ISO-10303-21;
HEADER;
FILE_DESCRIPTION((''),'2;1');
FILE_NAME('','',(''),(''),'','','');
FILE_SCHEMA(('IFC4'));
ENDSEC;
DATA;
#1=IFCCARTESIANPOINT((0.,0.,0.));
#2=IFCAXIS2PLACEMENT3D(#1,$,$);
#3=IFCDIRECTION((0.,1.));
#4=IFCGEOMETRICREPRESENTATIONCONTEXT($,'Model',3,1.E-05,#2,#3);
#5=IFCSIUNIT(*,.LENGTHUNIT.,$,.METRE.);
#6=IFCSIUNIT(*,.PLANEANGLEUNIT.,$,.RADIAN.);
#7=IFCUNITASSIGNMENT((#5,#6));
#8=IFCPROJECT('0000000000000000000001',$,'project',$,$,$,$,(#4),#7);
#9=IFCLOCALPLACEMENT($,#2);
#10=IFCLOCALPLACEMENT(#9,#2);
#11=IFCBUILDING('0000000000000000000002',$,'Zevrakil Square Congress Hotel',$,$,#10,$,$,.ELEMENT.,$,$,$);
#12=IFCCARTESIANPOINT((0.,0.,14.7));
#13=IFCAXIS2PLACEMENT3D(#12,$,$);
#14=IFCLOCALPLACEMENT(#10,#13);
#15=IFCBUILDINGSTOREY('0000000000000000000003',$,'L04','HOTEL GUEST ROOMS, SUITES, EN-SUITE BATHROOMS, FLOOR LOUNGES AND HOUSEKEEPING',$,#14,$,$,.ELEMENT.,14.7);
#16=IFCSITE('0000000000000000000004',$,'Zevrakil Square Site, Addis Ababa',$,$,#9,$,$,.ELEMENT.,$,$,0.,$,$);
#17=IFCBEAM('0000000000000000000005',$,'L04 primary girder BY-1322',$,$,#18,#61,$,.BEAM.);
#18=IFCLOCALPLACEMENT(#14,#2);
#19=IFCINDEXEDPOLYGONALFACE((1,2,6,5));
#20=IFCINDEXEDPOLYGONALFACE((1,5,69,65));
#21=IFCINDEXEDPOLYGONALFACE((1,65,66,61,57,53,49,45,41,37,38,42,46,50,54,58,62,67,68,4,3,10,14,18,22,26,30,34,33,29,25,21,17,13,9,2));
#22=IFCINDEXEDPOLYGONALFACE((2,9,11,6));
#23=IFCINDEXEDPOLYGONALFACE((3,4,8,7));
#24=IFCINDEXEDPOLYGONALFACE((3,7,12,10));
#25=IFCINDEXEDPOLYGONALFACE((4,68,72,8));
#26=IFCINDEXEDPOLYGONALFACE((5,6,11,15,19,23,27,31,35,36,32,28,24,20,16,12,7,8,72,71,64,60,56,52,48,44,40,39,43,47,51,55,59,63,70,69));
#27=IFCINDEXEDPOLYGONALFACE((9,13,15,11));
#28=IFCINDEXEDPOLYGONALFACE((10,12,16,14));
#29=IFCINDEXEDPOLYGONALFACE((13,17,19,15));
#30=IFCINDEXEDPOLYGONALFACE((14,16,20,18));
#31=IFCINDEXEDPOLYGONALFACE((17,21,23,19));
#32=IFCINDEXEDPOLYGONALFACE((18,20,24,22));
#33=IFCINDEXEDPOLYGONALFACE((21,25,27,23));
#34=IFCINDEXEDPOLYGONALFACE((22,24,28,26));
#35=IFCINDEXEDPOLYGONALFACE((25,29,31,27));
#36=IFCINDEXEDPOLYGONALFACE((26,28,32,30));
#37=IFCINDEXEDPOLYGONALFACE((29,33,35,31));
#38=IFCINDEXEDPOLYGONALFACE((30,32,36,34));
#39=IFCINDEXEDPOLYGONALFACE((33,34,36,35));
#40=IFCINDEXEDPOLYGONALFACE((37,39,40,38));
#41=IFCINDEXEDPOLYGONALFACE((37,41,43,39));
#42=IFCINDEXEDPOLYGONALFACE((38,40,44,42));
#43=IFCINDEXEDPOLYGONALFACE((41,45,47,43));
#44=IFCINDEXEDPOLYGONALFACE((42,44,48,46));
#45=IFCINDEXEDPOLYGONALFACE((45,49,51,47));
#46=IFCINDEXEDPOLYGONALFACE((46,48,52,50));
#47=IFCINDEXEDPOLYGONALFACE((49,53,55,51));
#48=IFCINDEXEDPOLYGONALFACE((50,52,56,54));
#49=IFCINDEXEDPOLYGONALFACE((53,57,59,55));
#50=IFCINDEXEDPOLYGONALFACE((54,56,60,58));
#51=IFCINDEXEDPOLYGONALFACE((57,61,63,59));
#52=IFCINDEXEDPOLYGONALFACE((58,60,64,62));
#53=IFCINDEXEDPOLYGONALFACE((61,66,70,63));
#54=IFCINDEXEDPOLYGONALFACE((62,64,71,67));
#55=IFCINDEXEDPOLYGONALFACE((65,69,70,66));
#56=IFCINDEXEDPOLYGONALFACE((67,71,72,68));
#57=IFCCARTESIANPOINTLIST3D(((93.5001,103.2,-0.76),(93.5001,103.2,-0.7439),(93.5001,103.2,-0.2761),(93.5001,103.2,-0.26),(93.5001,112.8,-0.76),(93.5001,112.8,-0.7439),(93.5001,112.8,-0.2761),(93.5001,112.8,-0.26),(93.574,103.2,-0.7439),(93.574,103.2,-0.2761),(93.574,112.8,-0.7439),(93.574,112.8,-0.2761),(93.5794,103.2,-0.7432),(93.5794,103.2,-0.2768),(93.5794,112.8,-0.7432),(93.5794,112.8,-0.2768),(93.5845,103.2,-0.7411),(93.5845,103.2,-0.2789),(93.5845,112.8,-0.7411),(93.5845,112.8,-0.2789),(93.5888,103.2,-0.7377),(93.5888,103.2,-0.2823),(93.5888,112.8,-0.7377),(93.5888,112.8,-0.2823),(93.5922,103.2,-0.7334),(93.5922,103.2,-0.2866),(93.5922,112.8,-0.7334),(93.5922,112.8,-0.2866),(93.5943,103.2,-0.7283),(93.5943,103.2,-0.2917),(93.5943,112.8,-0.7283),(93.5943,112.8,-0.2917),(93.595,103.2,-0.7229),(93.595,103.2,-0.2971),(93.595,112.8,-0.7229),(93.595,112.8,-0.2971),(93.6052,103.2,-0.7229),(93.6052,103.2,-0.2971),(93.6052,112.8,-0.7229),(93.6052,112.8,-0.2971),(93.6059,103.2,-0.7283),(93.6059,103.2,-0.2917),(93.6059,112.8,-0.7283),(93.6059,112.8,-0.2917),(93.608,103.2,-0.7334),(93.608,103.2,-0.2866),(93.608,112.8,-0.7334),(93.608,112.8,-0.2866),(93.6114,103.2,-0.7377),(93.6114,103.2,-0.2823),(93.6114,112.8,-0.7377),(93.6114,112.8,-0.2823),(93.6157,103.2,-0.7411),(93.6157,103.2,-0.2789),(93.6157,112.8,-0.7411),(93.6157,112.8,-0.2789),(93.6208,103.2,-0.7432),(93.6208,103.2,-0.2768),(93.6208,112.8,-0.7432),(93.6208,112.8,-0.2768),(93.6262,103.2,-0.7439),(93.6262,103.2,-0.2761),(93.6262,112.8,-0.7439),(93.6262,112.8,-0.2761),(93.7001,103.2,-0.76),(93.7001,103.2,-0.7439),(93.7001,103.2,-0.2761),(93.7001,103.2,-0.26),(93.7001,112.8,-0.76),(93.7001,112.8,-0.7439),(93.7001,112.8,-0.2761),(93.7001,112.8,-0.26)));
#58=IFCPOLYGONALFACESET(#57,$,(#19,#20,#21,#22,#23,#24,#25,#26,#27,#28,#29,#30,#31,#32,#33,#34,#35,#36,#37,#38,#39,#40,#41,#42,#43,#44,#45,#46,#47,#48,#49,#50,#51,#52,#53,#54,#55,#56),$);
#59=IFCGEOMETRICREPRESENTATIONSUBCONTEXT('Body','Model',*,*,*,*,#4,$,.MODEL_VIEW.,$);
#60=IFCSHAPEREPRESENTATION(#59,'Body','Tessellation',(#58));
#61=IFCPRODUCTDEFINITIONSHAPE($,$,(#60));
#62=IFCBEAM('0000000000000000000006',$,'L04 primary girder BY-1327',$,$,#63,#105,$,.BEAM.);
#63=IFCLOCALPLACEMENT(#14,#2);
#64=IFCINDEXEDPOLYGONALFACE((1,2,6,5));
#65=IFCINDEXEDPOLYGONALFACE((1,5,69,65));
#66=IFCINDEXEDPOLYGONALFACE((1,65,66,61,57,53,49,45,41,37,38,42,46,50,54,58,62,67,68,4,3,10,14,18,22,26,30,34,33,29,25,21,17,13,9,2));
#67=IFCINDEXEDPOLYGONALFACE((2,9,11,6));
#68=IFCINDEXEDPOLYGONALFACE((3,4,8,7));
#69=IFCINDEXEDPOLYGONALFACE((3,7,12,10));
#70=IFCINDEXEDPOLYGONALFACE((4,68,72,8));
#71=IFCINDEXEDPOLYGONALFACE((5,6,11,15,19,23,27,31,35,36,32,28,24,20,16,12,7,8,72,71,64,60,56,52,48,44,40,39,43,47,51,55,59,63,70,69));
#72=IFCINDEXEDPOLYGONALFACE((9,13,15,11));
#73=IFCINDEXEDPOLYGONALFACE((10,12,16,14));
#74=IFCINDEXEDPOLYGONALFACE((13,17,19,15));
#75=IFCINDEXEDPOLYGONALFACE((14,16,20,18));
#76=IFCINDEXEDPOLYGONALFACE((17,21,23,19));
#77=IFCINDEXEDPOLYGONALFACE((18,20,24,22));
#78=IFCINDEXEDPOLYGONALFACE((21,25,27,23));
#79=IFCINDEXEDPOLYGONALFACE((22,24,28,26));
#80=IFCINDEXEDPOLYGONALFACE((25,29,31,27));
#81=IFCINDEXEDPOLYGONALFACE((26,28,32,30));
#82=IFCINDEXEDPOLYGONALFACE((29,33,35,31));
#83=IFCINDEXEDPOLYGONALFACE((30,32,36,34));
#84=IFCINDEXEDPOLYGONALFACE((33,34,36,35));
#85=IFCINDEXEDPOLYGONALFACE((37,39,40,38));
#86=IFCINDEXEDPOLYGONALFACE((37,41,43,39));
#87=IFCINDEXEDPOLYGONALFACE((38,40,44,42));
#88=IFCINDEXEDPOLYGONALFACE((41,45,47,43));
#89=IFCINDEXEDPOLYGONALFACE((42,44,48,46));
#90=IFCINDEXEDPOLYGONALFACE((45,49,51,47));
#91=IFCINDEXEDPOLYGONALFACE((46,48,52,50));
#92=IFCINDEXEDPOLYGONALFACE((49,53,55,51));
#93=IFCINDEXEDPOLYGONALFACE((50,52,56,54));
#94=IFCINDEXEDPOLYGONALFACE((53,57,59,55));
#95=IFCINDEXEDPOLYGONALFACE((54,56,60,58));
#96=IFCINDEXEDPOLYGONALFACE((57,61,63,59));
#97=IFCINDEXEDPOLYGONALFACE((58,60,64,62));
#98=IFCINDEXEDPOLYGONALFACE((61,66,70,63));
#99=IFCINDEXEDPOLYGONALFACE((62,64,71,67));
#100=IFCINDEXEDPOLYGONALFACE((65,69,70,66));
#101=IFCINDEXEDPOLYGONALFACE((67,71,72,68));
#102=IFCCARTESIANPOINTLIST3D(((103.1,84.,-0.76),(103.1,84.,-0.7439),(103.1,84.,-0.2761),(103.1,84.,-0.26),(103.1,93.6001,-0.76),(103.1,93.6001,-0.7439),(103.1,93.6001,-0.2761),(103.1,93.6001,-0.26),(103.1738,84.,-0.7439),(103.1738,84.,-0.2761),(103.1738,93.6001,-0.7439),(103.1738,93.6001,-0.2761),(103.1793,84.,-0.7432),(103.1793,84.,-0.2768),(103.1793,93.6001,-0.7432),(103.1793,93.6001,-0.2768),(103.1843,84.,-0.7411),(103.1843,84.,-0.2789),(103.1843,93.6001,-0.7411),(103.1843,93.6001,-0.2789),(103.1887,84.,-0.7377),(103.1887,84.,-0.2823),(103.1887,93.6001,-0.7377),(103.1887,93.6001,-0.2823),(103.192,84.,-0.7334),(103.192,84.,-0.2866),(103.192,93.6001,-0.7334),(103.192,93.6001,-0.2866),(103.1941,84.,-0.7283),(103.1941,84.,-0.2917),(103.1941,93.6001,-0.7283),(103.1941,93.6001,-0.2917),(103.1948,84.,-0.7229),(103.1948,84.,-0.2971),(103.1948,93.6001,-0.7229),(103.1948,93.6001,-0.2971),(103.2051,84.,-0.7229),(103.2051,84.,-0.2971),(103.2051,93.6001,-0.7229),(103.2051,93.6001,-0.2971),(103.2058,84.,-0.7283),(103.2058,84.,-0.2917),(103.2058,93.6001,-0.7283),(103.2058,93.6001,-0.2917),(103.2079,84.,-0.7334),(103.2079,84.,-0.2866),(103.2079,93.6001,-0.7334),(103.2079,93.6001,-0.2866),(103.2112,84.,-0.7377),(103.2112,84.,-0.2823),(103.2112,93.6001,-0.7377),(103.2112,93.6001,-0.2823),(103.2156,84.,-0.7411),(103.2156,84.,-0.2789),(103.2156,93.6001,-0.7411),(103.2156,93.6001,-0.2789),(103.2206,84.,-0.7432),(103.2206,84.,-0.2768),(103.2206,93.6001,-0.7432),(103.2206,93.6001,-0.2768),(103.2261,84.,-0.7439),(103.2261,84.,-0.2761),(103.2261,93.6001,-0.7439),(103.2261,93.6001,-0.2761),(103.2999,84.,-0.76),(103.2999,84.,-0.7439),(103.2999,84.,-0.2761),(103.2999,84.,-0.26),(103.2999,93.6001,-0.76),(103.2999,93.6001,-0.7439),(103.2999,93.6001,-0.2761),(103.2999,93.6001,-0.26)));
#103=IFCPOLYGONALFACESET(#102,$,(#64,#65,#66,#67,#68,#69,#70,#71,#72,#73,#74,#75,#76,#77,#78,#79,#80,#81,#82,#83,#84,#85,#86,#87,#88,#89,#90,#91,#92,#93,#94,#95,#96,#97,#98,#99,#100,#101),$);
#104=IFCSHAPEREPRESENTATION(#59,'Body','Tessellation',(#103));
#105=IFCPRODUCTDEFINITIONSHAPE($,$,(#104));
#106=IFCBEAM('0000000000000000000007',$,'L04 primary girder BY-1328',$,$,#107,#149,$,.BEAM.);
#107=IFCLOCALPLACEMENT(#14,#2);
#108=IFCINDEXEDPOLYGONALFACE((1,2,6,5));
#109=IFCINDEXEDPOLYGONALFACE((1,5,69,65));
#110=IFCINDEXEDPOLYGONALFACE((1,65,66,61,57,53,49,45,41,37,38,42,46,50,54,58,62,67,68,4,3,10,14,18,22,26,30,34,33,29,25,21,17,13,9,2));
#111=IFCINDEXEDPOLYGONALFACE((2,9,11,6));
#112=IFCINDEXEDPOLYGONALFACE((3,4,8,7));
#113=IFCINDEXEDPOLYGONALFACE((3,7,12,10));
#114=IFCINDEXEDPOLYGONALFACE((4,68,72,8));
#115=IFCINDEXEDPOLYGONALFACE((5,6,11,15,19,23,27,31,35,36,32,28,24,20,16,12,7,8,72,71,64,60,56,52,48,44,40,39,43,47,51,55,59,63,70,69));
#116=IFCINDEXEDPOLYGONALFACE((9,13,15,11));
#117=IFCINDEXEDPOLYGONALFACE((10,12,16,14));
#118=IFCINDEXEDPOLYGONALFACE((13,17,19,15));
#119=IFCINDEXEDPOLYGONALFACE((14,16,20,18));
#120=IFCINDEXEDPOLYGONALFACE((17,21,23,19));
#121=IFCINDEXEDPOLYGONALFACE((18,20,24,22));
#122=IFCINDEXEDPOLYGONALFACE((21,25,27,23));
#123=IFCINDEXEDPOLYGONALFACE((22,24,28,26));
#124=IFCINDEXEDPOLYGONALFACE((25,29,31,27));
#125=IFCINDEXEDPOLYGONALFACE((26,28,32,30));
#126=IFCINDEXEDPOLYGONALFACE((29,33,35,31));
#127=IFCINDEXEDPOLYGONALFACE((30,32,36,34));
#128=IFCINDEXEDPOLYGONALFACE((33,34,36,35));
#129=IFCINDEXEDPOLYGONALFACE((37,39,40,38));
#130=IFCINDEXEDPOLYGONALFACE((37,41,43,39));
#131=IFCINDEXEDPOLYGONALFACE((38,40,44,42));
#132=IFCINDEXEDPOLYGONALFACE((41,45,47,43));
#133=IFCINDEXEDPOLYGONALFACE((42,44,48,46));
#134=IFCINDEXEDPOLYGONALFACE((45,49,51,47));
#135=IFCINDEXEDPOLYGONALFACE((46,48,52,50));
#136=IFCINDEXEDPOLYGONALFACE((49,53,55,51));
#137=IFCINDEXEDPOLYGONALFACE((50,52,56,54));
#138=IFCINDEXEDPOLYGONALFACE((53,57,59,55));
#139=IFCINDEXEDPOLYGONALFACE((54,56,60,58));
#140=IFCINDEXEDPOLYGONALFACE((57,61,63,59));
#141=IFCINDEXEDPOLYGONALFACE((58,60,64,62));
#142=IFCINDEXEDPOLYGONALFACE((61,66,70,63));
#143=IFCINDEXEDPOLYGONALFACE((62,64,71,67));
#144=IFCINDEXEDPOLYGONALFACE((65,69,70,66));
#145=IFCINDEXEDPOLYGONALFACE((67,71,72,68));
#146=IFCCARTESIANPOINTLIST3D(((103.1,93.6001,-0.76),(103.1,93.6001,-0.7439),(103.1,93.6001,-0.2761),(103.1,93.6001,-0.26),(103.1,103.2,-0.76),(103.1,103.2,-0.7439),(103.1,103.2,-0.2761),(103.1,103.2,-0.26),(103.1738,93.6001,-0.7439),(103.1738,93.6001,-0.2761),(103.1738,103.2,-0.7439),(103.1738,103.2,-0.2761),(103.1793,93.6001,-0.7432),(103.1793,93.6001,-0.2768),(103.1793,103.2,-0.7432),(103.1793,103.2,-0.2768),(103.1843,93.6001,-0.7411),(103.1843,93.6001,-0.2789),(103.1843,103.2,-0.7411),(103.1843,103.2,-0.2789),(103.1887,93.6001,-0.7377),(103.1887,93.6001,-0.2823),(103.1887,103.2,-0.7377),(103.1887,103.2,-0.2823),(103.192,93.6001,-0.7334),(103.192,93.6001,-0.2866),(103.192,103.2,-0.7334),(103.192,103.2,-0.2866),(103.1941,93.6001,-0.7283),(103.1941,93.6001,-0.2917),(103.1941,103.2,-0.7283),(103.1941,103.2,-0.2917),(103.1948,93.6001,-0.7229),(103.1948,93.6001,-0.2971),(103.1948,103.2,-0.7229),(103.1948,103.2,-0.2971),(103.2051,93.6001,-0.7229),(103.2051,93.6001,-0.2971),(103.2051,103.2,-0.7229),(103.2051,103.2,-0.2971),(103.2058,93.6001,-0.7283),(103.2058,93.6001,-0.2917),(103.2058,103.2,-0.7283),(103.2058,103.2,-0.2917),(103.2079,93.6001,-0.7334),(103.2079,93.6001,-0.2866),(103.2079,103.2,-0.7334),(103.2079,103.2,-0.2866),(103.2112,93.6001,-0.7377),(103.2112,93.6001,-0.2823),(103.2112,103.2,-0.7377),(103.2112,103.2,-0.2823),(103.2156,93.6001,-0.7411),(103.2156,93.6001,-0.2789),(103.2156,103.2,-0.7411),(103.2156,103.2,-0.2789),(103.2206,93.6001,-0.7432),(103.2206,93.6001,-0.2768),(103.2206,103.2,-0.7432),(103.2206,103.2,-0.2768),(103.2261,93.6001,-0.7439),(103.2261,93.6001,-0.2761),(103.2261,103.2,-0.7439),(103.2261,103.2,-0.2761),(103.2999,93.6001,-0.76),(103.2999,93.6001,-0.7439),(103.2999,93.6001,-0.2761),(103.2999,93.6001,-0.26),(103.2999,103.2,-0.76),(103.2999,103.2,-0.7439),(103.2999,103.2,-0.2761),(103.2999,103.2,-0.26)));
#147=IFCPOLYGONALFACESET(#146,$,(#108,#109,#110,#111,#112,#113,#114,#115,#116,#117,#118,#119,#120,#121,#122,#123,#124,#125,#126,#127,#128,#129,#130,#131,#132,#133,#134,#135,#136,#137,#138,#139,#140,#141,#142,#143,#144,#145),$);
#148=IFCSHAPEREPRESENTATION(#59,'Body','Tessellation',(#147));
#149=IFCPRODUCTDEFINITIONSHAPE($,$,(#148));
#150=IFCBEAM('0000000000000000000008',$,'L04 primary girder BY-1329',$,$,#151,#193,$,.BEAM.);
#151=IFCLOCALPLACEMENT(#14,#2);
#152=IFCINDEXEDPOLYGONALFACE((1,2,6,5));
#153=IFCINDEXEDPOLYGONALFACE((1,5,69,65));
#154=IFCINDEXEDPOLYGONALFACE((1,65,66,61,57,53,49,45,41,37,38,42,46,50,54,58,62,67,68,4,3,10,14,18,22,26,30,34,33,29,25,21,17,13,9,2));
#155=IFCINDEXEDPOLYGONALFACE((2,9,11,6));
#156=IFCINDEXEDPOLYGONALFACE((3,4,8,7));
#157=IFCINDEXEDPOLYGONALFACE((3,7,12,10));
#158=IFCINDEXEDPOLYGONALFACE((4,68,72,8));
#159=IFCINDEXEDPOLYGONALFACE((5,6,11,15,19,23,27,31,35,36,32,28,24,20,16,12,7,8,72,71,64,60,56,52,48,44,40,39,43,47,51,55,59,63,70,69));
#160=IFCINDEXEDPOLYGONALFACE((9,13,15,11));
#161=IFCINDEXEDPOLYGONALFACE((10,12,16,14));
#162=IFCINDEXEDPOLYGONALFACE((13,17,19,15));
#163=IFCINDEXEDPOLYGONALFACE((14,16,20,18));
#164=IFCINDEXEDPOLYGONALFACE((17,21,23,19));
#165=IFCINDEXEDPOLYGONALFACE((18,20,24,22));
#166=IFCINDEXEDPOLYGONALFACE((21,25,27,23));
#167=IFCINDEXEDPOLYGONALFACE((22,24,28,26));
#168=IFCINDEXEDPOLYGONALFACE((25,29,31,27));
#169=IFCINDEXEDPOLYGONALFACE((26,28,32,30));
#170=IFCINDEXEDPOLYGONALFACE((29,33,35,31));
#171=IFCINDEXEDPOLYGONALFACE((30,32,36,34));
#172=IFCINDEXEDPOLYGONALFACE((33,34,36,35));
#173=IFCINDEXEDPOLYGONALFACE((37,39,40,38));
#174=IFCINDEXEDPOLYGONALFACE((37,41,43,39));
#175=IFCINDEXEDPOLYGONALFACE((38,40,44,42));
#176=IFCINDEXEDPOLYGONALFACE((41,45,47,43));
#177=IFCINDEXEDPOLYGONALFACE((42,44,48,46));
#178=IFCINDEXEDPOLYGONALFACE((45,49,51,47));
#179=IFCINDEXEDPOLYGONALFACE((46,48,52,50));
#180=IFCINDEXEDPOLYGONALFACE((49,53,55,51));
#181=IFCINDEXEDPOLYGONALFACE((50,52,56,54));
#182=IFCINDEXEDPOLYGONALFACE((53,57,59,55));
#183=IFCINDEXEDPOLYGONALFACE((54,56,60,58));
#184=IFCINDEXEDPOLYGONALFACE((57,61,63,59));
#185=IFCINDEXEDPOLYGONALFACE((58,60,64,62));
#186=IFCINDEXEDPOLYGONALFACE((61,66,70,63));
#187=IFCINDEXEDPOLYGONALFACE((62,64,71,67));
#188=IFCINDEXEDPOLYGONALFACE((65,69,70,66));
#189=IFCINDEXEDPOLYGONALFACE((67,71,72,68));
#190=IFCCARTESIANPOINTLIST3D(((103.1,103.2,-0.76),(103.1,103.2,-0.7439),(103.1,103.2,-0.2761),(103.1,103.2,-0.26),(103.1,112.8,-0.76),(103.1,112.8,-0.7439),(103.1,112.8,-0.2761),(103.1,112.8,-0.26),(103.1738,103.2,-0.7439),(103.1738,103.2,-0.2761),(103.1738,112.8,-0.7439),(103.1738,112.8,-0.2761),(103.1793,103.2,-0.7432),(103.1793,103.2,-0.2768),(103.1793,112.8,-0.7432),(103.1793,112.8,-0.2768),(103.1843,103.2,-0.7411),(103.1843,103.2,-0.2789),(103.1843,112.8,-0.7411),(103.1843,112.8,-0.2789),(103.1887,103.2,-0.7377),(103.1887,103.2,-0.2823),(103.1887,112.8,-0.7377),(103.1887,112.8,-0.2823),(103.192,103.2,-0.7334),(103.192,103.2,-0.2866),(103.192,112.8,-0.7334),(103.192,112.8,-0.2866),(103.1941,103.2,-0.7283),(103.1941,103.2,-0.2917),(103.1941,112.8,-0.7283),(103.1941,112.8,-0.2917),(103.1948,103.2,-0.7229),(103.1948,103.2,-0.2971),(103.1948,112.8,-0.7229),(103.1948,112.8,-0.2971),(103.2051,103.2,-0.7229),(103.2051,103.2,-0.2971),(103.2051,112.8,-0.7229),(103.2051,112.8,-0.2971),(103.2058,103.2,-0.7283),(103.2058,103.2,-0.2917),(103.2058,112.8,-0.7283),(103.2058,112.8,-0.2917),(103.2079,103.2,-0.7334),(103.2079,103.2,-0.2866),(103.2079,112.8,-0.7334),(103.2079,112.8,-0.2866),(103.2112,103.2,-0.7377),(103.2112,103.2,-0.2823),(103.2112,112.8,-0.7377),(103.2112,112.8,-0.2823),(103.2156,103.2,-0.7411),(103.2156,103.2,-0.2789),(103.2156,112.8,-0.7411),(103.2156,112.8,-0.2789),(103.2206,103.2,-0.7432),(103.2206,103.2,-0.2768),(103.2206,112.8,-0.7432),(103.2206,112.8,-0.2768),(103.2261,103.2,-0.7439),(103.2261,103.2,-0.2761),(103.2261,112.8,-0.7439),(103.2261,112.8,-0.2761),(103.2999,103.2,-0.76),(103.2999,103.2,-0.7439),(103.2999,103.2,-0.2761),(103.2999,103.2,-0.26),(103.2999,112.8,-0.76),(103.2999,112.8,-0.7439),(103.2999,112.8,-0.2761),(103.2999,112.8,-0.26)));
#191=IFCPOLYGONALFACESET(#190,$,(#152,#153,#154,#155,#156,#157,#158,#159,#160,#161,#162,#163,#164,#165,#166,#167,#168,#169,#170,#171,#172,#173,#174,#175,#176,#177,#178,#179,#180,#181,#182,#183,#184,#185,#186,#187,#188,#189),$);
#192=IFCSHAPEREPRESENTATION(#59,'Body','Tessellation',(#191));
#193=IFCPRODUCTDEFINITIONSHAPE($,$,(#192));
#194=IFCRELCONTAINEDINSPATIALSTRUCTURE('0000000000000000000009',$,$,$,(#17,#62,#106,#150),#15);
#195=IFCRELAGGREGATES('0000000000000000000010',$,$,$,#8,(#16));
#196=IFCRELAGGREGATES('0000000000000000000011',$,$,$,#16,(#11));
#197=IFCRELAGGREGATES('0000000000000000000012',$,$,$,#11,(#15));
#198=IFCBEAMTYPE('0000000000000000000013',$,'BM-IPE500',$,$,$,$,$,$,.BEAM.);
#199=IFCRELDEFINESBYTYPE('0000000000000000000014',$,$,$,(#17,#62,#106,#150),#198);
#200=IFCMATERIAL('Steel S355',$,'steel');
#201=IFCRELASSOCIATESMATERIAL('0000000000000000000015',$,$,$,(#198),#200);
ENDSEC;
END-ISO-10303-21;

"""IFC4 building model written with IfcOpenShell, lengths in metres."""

from ifc_helpers import new_model, si_unit, direction, frame, origin, origin_2d, place, context, subcontext, project, spatial, i_section, extrude, material, material_profile, profile_set, type_object, element, save


model = new_model("IFC4")

# Units and contexts
model_context = context("Model", 3, precision=1e-05, world=origin(), true_north=direction((0.0, 1.0)))
body_context = subcontext(model_context, "Body", "Model", "MODEL_VIEW")
ifc_project = project(units=[si_unit("LENGTHUNIT", "METRE"), si_unit("PLANEANGLEUNIT", "RADIAN")], contexts=[model_context])

# Site, building, storey
site_placement = place(None, origin())
site = spatial("IfcSite", under=ifc_project, at=site_placement, Name="Zevrakil Square Site, Addis Ababa", CompositionType="ELEMENT", RefElevation=0.0)
building_placement = place(site_placement, origin())
building = spatial("IfcBuilding", under=site, at=building_placement, Name="Zevrakil Square Congress Hotel", CompositionType="ELEMENT")
storey_placement = place(building_placement, frame((0.0, 0.0, 14.7)))
storey = spatial("IfcBuildingStorey", under=building, at=storey_placement, Name="L04", Description="HOTEL GUEST ROOMS, SUITES, EN-SUITE BATHROOMS, FLOOR LOUNGES AND HOUSEKEEPING", CompositionType="ELEMENT", Elevation=14.7)

# Beams
ifc_material_1 = material(Name="Steel S355", Category="steel")
ifc_material_profile_1 = material_profile(ifc_material_1, i_section(OverallWidth=0.2, OverallDepth=0.5, WebThickness=0.0103, FlangeThickness=0.0161, FilletRadius=0.021, at=origin_2d()), Name="IPE 500")
ifc_profile_set_1 = profile_set([ifc_material_profile_1], Name="Steel S355")
beam_type_1 = type_object("IfcBeamType", Name="BM-IPE500", PredefinedType="BEAM", material=ifc_profile_set_1)
for number, where, z_axis, x_axis, name in (
    (1, (93.6001, 103.2, -0.51), (0.0, 1.0, 0.0), (-1.0, 0.0, 0.0), "L04 primary girder BY-1322"),
    (2, (103.2, 84.0, -0.51), (0.0, 1.0, 0.0), (-1.0, 0.0, 0.0), "L04 primary girder BY-1327"),
):
    element("IfcBeam", number, at=place(storey_placement, frame(where, z_axis=z_axis, x_axis=x_axis)), inside=storey, type_object=beam_type_1, Name=name, PredefinedType="BEAM", context=body_context, shape_type="SweptSolid", body=[
        extrude(i_section(OverallWidth=0.2, OverallDepth=0.5, WebThickness=0.0103, FlangeThickness=0.0161, FilletRadius=0.021, at=origin_2d()), origin(), (0.0, 0.0, 1.0), 9.6001),
    ])
beam_1_placement = place(storey_placement, frame((103.2, 93.6001, -0.51), z_axis=(0.0, 1.0, 0.0), x_axis=(-1.0, 0.0, 0.0)))
element("IfcBeam", 3, at=beam_1_placement, inside=storey, type_object=beam_type_1, Name="L04 primary girder BY-1328", PredefinedType="BEAM", context=body_context, shape_type="SweptSolid", body=[
    extrude(i_section(OverallWidth=0.2, OverallDepth=0.5, WebThickness=0.0103, FlangeThickness=0.0161, FilletRadius=0.021, at=origin_2d()), origin(), (0.0, 0.0, 1.0), 9.5999),
])
for number, where, z_axis, x_axis, name in (
    (4, (103.2, 103.2, -0.51), (0.0, 1.0, 0.0), (-1.0, 0.0, 0.0), "L04 primary girder BY-1329"),
):
    element("IfcBeam", number, at=place(storey_placement, frame(where, z_axis=z_axis, x_axis=x_axis)), inside=storey, type_object=beam_type_1, Name=name, PredefinedType="BEAM", context=body_context, shape_type="SweptSolid", body=[
        extrude(i_section(OverallWidth=0.2, OverallDepth=0.5, WebThickness=0.0103, FlangeThickness=0.0161, FilletRadius=0.021, at=origin_2d()), origin(), (0.0, 0.0, 1.0), 9.6001),
    ])

save(model, "model.ifc")
